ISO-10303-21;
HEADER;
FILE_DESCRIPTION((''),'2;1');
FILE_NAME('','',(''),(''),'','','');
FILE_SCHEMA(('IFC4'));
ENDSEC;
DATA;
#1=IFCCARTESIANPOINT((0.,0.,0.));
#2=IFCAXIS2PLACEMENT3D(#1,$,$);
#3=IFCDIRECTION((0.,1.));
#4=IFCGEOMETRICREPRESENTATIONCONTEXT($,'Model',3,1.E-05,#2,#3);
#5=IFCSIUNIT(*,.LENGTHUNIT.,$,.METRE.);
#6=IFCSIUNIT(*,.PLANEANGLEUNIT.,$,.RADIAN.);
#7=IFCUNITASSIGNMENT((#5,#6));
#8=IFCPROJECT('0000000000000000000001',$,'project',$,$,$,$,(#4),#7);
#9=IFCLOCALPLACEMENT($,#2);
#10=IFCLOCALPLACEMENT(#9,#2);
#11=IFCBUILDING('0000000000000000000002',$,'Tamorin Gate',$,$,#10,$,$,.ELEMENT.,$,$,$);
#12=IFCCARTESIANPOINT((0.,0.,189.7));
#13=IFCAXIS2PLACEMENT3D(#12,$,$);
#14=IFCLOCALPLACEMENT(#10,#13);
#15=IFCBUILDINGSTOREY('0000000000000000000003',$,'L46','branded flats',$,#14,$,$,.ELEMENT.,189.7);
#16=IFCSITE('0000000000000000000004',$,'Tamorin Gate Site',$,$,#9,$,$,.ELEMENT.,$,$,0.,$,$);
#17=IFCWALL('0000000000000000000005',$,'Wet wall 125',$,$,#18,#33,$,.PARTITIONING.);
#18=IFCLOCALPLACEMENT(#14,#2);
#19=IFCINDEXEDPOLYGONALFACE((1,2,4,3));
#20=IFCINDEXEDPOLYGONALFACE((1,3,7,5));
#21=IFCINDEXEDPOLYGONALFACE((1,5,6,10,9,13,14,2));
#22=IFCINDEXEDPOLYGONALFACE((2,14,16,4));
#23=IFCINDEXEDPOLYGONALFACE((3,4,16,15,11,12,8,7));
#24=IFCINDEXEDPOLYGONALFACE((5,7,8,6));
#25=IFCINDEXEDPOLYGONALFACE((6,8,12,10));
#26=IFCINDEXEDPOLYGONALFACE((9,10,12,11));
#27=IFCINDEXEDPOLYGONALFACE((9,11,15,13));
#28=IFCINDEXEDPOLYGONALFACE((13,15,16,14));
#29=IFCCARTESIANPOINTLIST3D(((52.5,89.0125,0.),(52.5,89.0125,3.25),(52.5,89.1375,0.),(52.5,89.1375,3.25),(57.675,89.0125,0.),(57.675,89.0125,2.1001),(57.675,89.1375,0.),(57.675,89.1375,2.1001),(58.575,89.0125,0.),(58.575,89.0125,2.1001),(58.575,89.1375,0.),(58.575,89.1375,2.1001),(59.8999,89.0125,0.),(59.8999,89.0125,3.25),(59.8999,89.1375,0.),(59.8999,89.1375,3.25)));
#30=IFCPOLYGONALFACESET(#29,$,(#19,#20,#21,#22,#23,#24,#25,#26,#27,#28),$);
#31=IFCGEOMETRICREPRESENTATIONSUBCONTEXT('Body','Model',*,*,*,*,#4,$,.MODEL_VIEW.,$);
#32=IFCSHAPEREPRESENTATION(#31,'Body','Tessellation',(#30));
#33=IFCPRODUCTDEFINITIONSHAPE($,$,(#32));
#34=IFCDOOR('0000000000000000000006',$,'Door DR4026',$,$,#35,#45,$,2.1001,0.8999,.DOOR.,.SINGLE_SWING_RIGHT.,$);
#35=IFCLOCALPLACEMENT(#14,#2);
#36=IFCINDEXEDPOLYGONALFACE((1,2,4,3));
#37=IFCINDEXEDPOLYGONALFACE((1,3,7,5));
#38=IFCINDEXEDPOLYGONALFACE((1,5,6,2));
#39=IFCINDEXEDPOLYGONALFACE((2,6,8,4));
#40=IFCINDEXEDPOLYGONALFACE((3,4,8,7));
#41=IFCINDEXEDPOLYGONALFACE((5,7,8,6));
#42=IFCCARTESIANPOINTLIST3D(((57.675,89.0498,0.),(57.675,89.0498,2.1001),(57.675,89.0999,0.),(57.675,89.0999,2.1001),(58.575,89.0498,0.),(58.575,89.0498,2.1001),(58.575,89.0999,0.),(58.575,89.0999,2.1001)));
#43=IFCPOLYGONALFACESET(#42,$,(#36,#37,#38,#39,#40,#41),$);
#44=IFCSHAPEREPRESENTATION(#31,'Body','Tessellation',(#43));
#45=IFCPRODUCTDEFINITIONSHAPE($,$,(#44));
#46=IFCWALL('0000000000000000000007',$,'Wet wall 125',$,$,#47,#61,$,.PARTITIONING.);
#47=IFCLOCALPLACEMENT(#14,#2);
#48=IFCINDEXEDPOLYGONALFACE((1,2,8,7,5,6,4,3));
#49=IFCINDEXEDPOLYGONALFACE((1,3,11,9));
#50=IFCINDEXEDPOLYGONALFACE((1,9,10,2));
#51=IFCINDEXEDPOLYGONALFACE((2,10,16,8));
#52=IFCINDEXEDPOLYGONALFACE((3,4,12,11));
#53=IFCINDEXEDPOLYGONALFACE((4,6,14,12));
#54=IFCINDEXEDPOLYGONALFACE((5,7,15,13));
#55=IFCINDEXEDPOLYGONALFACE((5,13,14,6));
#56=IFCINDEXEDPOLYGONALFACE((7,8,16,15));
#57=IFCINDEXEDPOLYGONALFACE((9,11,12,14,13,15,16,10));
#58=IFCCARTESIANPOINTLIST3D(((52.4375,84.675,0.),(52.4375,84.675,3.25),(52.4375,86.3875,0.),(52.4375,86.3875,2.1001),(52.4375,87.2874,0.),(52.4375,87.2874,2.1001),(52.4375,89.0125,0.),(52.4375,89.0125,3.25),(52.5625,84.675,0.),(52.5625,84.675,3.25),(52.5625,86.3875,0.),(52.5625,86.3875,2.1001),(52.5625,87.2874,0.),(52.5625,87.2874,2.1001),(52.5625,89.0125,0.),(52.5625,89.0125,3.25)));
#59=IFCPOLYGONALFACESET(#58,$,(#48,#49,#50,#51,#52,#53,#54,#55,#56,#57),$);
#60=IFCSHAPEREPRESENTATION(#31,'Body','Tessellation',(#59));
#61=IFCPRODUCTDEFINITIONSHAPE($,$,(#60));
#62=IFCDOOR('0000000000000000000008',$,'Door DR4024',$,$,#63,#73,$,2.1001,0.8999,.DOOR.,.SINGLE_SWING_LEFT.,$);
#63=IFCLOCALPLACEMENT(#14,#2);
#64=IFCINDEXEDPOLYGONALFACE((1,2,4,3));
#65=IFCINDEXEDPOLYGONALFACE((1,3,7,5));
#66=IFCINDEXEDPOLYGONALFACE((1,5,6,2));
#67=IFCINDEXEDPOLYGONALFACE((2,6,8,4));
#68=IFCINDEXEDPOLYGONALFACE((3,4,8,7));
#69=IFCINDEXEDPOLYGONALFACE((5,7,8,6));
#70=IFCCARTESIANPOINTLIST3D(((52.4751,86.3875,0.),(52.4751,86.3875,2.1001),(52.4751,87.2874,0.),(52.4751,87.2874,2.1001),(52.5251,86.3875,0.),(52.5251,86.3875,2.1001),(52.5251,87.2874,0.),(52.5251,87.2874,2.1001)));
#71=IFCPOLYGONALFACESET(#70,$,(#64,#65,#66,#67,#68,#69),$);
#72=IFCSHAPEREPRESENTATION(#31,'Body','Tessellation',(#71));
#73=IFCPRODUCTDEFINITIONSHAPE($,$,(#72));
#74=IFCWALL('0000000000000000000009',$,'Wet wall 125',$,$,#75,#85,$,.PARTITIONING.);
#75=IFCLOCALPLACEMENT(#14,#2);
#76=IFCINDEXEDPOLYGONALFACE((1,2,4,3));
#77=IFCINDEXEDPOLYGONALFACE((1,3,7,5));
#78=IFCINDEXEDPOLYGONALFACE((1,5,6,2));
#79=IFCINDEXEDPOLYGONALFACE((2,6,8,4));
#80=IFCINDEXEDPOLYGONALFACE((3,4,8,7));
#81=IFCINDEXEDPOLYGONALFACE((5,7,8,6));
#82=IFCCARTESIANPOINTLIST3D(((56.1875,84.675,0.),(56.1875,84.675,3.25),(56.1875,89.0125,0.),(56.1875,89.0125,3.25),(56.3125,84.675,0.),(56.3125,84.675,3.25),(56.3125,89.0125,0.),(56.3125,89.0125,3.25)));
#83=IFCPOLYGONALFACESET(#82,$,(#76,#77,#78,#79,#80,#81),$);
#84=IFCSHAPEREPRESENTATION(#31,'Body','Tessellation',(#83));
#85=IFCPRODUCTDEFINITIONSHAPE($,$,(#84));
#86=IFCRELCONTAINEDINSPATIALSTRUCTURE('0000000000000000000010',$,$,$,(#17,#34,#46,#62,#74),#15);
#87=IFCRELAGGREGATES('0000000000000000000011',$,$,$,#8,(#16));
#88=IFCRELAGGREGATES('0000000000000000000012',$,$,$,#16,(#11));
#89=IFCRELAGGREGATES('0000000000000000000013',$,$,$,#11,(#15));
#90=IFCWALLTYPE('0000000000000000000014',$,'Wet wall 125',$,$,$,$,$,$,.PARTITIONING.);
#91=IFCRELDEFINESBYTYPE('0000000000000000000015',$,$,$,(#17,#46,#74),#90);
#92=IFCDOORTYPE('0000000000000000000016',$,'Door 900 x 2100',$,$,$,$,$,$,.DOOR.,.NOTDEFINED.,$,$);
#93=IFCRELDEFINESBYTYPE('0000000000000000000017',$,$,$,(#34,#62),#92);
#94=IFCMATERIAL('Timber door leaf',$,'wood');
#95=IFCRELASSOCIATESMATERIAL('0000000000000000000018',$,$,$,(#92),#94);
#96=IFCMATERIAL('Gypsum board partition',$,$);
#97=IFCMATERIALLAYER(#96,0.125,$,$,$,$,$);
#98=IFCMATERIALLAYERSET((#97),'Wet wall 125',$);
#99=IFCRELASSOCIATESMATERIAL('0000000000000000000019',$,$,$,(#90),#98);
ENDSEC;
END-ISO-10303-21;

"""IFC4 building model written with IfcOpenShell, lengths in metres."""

from ifc_helpers import new_model, si_unit, direction, frame, frame_2d, origin, place, context, subcontext, project, spatial, rectangle, extrude, material, layer, layer_set, type_object, element, fill, save


model = new_model("IFC4")

# Units and contexts
model_context = context("Model", 3, precision=1e-05, world=origin(), true_north=direction((0.0, 1.0)))
body_context = subcontext(model_context, "Body", "Model", "MODEL_VIEW")
ifc_project = project(units=[si_unit("LENGTHUNIT", "METRE"), si_unit("PLANEANGLEUNIT", "RADIAN")], contexts=[model_context])

# Site, building, storey
site_placement = place(None, origin())
site = spatial("IfcSite", under=ifc_project, at=site_placement, Name="Tamorin Gate Site", CompositionType="ELEMENT", RefElevation=0.0)
building_placement = place(site_placement, origin())
building = spatial("IfcBuilding", under=site, at=building_placement, Name="Tamorin Gate", CompositionType="ELEMENT")
storey_placement = place(building_placement, frame((0.0, 0.0, 189.7)))
storey = spatial("IfcBuildingStorey", under=building, at=storey_placement, Name="L46", Description="branded flats", CompositionType="ELEMENT", Elevation=189.7)

# Shared definitions
ifc_material_1 = material(Name="Gypsum board partition")

# Shared definitions
ifc_material_2 = material(Name="Timber door leaf", Category="wood")
door_type = type_object("IfcDoorType", Name="Door 900 x 2100", OperationType="NOTDEFINED", PredefinedType="DOOR", material=ifc_material_2)

# Walls, openings, doors
ifc_layer_1 = layer(ifc_material_1, 0.125)
ifc_layer_set_1 = layer_set([ifc_layer_1], Name="Wet wall 125")
wall_type_1 = type_object("IfcWallType", Name="Wet wall 125", PredefinedType="PARTITIONING", material=ifc_layer_set_1)
wall_1_placement = place(storey_placement, frame((52.5, 89.075, 0.0), z_axis=(0.0, 0.0, 1.0), x_axis=(1.0, 0.0, 0.0)))
wall_1 = element("IfcWall", 1, at=wall_1_placement, inside=storey, type_object=wall_type_1, Name="Wet wall 125", PredefinedType="PARTITIONING", context=body_context, shape_type="SweptSolid", body=[
    extrude(rectangle(XDim=7.3999, YDim=0.125, at=frame_2d((3.7, 0.0))), origin(), (0.0, 0.0, 1.0), 3.25),
])
opening_1_placement = place(wall_1_placement, frame((5.175, 0.0, 0.0)))
opening_1 = element("IfcOpeningElement", 2, at=opening_1_placement, cuts=wall_1, PredefinedType="OPENING", context=body_context, shape_type="SweptSolid", body=[
    extrude(rectangle(XDim=0.8999, YDim=2.1001, at=frame_2d((0.45, 1.05))), frame((0.0, 0.0725, 0.0), z_axis=(0.0, -1.0, 0.0), x_axis=(1.0, 0.0, 0.0)), (0.0, 0.0, 1.0), 0.145),
])
door_1_placement = place(opening_1_placement, origin())
door_1 = element("IfcDoor", 3, at=door_1_placement, inside=storey, type_object=door_type, Name="Door DR4026", OperationType="SINGLE_SWING_RIGHT", OverallHeight=2.1001, OverallWidth=0.8999, PredefinedType="DOOR", context=body_context, shape_type="SweptSolid", body=[
    extrude(rectangle(XDim=0.8999, YDim=2.1001, at=frame_2d((0.45, 1.05))), frame((0.0, 0.0249, 0.0), z_axis=(0.0, -1.0, 0.0), x_axis=(1.0, 0.0, 0.0)), (0.0, 0.0, 1.0), 0.05),
])
fill(opening_1, door_1)
wall_2_placement = place(storey_placement, frame((52.5, 84.675, 0.0), z_axis=(0.0, 0.0, 1.0), x_axis=(0.0, 1.0, 0.0)))
wall_2 = element("IfcWall", 4, at=wall_2_placement, inside=storey, type_object=wall_type_1, Name="Wet wall 125", PredefinedType="PARTITIONING", context=body_context, shape_type="SweptSolid", body=[
    extrude(rectangle(XDim=4.3374, YDim=0.125, at=frame_2d((2.1687, 0.0))), origin(), (0.0, 0.0, 1.0), 3.25),
])
opening_2_placement = place(wall_2_placement, frame((1.7124, 0.0, 0.0)))
opening_2 = element("IfcOpeningElement", 5, at=opening_2_placement, cuts=wall_2, PredefinedType="OPENING", context=body_context, shape_type="SweptSolid", body=[
    extrude(rectangle(XDim=0.8999, YDim=2.1001, at=frame_2d((0.45, 1.05))), frame((0.0, 0.0725, 0.0), z_axis=(0.0, -1.0, 0.0), x_axis=(1.0, 0.0, 0.0)), (0.0, 0.0, 1.0), 0.145),
])
door_2_placement = place(opening_2_placement, origin())
door_2 = element("IfcDoor", 6, at=door_2_placement, inside=storey, type_object=door_type, Name="Door DR4024", OperationType="SINGLE_SWING_LEFT", OverallHeight=2.1001, OverallWidth=0.8999, PredefinedType="DOOR", context=body_context, shape_type="SweptSolid", body=[
    extrude(rectangle(XDim=0.8999, YDim=2.1001, at=frame_2d((0.45, 1.05))), frame((0.0, 0.0249, 0.0), z_axis=(0.0, -1.0, 0.0), x_axis=(1.0, 0.0, 0.0)), (0.0, 0.0, 1.0), 0.05),
])
fill(opening_2, door_2)

# Wall
wall_3_placement = place(storey_placement, frame((56.25, 84.675, 0.0), z_axis=(0.0, 0.0, 1.0), x_axis=(0.0, 1.0, 0.0)))
element("IfcWall", 7, at=wall_3_placement, inside=storey, type_object=wall_type_1, Name="Wet wall 125", PredefinedType="PARTITIONING", context=body_context, shape_type="SweptSolid", body=[
    extrude(rectangle(XDim=4.3374, YDim=0.125, at=frame_2d((2.1687, 0.0))), origin(), (0.0, 0.0, 1.0), 3.25),
])

save(model, "model.ifc")
